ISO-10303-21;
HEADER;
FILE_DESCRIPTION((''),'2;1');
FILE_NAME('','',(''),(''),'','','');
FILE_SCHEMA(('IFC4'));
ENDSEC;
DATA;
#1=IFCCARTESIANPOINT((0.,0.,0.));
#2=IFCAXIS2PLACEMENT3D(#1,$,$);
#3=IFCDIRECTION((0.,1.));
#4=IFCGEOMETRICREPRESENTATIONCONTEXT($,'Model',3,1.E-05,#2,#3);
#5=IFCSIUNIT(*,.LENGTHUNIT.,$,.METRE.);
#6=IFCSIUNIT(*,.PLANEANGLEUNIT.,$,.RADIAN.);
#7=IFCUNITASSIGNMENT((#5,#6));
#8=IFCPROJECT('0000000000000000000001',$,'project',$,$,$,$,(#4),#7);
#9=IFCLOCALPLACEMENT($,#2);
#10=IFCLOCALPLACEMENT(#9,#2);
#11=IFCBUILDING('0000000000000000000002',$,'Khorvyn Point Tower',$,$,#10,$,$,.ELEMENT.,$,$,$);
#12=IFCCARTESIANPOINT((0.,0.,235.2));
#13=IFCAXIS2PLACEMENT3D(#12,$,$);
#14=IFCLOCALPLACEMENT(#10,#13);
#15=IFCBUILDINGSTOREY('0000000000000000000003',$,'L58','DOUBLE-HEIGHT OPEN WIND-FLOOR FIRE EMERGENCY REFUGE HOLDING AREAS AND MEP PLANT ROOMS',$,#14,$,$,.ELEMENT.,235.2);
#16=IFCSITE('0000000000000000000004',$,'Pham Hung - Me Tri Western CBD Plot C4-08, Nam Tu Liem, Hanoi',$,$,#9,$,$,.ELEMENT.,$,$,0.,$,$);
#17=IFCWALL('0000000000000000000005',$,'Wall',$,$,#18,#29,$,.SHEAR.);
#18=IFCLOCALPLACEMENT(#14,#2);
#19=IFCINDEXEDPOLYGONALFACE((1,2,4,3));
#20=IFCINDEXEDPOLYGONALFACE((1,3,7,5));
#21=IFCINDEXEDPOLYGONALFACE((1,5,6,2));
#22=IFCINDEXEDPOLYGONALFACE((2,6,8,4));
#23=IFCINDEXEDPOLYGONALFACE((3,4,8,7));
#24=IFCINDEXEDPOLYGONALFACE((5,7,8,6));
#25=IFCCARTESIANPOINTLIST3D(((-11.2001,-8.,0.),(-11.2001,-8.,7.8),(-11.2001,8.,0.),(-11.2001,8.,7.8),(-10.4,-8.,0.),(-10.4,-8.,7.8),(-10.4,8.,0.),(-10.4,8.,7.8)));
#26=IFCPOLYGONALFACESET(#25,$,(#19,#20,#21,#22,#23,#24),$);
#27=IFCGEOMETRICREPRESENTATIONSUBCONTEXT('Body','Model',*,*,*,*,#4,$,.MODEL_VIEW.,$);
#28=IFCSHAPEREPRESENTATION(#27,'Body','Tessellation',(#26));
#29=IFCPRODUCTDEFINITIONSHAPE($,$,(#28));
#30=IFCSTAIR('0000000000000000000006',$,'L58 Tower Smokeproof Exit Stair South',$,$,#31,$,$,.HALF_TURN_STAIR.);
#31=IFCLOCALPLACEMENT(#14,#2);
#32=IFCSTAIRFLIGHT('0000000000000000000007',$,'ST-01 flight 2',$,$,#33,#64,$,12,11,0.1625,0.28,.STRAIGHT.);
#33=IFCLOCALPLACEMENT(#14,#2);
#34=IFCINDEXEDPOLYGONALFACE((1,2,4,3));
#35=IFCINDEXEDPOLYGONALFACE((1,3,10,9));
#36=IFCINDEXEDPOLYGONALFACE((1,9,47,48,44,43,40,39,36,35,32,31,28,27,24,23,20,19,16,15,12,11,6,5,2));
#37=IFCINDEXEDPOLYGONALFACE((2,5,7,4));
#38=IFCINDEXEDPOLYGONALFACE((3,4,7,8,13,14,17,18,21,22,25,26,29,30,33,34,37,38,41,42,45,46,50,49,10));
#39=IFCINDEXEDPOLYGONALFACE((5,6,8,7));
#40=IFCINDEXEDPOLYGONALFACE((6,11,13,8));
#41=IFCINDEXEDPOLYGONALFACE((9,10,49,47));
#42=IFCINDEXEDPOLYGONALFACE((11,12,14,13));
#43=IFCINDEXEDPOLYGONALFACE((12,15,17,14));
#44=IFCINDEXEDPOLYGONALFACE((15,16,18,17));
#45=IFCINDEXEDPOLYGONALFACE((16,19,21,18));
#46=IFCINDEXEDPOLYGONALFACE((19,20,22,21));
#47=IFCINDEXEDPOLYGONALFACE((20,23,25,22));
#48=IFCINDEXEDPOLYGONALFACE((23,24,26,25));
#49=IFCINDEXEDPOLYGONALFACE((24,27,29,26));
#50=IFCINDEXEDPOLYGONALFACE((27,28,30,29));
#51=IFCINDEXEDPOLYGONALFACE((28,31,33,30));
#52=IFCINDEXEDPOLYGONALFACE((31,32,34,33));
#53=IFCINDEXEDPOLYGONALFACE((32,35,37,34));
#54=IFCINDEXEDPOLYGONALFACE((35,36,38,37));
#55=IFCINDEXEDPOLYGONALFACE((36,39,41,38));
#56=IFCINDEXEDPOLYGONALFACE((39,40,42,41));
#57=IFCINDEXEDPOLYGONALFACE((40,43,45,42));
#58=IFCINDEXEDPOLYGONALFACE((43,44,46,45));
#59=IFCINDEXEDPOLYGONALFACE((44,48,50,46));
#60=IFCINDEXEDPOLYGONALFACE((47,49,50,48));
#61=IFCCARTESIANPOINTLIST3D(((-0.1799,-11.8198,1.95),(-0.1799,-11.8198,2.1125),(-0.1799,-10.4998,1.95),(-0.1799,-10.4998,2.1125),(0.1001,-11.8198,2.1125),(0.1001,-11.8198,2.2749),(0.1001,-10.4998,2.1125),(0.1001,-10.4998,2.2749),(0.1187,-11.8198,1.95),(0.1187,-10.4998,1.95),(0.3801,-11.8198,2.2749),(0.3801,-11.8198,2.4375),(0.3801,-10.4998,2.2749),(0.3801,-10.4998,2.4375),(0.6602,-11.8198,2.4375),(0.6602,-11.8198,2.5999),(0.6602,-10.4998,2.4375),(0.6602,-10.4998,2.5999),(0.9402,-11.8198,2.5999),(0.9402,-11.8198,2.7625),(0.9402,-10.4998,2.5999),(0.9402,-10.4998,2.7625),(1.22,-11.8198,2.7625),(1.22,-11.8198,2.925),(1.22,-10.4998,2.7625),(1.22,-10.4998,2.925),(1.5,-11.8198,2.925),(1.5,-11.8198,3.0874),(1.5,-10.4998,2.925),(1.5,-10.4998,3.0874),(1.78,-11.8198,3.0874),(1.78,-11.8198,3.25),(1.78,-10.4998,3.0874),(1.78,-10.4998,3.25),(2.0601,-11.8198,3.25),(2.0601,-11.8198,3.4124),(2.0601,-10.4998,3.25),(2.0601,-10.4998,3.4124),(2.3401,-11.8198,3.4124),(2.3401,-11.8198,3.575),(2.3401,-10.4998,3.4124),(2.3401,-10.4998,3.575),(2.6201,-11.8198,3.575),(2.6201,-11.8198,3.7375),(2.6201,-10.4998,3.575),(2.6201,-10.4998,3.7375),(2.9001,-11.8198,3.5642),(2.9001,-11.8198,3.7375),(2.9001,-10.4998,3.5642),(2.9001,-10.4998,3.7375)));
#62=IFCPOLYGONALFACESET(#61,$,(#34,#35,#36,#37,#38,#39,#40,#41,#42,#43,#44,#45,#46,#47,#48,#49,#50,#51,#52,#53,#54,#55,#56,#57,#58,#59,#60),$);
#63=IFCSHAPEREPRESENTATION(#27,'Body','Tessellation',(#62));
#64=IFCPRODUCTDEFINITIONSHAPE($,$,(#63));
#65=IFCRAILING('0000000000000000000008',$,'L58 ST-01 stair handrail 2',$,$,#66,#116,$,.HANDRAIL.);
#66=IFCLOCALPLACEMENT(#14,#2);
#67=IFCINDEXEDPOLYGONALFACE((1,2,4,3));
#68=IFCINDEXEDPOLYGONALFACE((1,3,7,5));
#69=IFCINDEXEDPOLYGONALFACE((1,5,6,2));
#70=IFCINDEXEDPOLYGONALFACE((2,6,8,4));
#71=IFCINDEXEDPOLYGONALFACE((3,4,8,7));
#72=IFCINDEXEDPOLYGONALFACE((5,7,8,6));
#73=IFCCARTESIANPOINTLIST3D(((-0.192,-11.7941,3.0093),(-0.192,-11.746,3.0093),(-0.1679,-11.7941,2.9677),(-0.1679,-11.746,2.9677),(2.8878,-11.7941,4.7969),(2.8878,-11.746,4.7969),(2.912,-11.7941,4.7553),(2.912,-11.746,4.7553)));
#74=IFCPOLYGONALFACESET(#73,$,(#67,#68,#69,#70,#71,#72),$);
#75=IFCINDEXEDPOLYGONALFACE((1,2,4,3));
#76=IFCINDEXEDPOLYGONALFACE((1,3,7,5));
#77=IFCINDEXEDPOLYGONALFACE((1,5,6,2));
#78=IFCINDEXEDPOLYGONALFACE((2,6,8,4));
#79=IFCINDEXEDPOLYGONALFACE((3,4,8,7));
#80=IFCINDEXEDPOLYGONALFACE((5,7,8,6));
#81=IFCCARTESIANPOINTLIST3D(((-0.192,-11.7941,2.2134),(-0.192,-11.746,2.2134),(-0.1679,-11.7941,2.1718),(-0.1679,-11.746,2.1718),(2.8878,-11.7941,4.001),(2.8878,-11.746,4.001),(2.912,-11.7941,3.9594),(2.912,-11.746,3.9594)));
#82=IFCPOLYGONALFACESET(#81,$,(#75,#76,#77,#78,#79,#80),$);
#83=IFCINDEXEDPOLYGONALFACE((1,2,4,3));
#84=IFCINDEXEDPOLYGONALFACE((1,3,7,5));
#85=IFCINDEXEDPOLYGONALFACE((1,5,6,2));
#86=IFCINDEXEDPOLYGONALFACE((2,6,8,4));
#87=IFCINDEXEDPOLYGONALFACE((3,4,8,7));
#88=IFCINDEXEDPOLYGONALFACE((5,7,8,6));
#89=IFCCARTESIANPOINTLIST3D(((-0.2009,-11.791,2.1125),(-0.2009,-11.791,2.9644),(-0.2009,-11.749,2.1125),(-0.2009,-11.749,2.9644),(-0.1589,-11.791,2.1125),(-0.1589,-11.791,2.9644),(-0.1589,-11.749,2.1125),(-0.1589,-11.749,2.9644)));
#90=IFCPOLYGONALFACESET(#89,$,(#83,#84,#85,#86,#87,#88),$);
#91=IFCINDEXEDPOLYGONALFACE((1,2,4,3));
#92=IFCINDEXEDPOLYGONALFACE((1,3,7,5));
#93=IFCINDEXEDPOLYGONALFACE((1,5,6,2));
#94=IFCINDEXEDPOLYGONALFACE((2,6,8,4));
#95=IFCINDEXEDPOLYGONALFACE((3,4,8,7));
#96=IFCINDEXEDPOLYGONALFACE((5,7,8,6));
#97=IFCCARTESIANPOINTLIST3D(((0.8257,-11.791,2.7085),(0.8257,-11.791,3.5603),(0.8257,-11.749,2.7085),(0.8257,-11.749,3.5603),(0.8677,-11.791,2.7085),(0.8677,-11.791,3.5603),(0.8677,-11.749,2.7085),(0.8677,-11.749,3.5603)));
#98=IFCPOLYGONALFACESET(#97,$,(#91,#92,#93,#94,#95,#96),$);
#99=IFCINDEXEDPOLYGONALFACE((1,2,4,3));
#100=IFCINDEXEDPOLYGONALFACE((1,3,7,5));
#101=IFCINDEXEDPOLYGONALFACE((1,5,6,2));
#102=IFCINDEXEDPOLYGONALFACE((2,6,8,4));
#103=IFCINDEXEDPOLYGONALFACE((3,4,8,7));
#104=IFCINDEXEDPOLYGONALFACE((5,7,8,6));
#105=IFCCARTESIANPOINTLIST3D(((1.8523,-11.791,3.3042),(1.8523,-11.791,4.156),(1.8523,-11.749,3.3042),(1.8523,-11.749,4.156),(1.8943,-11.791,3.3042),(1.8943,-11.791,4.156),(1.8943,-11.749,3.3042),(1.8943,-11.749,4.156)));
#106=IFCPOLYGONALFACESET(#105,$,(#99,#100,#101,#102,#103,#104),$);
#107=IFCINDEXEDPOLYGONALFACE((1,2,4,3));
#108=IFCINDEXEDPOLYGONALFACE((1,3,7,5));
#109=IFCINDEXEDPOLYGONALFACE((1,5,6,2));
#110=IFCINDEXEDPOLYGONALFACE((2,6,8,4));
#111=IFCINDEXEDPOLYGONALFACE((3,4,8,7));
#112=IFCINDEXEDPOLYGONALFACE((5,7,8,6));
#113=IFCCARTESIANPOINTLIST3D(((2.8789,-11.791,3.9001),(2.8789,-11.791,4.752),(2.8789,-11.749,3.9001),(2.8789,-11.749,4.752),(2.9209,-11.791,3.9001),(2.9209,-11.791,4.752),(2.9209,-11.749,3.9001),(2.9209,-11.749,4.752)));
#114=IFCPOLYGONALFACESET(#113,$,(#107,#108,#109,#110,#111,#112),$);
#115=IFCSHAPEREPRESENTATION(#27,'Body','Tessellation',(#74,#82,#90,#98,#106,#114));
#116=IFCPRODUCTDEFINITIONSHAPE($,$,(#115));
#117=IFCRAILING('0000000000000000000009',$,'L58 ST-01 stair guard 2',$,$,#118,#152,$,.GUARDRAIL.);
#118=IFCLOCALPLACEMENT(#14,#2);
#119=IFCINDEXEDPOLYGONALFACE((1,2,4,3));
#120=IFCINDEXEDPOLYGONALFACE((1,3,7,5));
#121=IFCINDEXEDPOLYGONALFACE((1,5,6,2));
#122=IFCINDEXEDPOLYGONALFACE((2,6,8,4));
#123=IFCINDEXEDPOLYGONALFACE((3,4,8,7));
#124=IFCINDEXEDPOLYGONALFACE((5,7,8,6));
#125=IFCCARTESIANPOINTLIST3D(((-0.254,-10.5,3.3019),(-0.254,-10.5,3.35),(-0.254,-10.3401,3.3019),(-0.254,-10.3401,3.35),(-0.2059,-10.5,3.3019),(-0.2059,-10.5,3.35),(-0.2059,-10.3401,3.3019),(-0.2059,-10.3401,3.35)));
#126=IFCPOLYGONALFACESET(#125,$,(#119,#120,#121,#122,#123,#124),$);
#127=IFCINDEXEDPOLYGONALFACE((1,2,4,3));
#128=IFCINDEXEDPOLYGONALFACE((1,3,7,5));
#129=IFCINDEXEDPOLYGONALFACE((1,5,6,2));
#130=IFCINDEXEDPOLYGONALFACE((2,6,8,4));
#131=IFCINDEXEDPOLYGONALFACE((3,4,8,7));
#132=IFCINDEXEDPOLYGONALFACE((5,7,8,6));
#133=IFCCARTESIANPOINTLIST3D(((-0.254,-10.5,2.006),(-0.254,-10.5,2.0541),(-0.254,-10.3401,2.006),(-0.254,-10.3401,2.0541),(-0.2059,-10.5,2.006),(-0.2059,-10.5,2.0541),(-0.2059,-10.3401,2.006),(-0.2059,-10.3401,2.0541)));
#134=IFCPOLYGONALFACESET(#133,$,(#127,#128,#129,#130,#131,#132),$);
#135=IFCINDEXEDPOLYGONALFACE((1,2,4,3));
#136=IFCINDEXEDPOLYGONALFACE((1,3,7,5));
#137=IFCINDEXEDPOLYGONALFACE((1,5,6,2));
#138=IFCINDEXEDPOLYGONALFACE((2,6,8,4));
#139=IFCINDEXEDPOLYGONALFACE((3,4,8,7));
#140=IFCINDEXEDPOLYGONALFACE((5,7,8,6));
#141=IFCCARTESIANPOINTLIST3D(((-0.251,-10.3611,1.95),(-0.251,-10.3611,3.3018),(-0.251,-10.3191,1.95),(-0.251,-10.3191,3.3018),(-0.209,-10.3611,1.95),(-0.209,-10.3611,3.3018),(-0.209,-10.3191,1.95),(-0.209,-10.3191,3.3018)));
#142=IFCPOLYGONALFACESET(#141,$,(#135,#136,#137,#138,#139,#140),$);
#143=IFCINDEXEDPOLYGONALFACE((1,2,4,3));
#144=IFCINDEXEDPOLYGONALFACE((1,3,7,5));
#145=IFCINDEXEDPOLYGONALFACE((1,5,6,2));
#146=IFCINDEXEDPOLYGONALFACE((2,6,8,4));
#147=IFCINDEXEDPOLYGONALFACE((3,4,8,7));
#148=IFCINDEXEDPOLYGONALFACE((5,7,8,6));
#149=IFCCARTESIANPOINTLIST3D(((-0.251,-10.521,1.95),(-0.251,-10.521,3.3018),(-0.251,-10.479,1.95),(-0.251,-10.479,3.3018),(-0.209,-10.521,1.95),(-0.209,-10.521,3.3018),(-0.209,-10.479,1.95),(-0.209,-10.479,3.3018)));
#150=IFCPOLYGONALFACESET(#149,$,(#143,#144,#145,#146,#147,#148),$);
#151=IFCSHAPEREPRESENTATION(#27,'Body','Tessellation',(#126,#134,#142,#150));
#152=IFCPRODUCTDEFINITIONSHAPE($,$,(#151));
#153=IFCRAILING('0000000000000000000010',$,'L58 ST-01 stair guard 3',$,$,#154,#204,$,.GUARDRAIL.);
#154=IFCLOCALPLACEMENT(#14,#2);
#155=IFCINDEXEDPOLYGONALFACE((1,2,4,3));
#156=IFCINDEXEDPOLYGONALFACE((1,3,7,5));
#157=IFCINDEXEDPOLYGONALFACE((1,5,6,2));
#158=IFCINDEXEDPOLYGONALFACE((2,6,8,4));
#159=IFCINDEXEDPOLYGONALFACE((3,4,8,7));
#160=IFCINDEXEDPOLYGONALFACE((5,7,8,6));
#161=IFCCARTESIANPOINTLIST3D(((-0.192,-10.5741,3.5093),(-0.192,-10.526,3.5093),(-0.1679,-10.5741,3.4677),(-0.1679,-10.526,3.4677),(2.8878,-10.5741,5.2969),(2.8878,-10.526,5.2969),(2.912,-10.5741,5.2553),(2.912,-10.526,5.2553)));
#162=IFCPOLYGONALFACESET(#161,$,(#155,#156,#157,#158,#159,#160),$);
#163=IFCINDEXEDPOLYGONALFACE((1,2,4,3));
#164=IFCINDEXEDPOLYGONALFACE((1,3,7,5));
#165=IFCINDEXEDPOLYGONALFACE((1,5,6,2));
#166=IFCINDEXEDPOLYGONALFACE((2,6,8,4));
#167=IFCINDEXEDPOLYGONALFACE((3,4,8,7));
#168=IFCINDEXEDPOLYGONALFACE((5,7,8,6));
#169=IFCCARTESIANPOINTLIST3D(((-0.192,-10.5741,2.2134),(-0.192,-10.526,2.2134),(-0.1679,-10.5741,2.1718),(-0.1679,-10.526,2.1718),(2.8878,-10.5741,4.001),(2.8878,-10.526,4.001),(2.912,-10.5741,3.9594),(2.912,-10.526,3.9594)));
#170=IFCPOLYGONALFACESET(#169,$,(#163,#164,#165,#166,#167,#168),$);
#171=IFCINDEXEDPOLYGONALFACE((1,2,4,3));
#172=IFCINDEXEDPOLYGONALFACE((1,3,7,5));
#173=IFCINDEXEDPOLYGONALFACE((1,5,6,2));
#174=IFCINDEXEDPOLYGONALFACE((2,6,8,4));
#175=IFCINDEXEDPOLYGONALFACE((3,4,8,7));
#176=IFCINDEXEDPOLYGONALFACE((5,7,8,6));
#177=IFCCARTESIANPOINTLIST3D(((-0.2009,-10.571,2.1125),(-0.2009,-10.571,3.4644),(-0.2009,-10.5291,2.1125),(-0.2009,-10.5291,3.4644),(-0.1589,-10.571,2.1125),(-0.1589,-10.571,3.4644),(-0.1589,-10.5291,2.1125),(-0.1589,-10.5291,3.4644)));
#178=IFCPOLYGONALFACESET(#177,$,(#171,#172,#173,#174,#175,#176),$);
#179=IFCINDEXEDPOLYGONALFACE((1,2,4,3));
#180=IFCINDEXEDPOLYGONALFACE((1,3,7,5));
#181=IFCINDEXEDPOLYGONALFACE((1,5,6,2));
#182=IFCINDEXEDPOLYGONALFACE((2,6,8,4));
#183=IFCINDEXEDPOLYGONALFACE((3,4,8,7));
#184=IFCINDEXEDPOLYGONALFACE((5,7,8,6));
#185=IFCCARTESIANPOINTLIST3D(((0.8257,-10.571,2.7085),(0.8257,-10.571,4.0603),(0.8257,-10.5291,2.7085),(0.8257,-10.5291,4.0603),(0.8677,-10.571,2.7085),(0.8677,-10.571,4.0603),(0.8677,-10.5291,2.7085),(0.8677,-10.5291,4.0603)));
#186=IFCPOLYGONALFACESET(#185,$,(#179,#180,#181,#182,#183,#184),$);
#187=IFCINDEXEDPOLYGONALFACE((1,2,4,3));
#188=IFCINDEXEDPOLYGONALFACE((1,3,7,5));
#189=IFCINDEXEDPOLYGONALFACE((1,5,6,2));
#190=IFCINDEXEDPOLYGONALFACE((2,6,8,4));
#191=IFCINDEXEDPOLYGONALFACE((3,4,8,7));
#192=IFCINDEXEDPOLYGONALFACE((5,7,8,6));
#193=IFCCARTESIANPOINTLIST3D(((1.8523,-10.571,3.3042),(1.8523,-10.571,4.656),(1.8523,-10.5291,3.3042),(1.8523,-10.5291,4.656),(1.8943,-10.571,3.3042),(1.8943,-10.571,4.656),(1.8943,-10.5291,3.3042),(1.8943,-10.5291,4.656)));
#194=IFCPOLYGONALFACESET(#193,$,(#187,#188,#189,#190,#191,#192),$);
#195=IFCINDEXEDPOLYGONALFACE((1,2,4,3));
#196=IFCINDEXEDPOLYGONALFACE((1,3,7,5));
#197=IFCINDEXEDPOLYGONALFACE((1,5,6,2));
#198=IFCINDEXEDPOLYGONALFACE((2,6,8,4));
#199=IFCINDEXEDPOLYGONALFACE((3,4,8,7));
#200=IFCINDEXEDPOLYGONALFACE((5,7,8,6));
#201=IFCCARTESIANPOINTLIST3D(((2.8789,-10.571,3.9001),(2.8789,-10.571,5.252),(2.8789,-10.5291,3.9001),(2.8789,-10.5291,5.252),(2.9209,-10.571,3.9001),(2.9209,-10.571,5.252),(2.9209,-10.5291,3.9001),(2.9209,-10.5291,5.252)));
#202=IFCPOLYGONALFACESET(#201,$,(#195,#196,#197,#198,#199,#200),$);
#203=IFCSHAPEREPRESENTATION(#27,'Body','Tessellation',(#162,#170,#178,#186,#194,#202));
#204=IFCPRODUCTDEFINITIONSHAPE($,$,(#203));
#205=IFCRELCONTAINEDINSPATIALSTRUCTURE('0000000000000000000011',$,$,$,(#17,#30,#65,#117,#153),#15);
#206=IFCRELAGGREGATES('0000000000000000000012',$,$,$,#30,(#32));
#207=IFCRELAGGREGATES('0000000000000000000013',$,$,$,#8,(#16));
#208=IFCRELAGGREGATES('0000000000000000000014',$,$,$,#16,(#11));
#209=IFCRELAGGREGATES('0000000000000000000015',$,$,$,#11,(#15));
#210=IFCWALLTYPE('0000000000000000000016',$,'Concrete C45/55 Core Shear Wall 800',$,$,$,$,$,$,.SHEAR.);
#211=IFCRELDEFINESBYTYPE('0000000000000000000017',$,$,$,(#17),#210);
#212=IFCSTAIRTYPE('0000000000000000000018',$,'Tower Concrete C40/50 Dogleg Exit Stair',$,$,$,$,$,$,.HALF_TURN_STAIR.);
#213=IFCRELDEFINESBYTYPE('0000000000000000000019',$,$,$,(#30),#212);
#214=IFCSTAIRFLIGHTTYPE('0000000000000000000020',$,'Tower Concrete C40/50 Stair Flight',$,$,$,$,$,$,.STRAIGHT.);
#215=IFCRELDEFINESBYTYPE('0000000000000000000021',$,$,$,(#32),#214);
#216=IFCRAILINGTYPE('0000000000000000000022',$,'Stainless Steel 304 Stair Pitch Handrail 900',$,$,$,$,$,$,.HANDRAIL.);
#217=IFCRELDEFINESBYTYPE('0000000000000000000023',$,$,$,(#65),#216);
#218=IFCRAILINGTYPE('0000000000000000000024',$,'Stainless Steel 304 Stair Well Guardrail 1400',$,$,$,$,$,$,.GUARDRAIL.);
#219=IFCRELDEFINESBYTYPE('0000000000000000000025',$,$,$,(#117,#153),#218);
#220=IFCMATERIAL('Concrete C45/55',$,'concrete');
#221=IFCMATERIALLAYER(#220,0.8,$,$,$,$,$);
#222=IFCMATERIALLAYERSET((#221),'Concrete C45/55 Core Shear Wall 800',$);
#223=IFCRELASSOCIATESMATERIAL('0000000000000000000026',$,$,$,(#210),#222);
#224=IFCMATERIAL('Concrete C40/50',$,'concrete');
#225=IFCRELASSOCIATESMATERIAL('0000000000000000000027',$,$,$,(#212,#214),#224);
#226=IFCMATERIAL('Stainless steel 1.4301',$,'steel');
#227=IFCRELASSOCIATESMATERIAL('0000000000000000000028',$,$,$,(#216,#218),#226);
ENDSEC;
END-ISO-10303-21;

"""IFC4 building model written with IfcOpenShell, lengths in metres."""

from ifc_helpers import new_model, si_unit, direction, frame, frame_2d, origin, origin_2d, place, context, subcontext, project, spatial, polyline, rectangle, outline, extrude, material, layer, layer_set, type_object, element, aggregate, save


model = new_model("IFC4")

# Units and contexts
model_context = context("Model", 3, precision=1e-05, world=origin(), true_north=direction((0.0, 1.0)))
body_context = subcontext(model_context, "Body", "Model", "MODEL_VIEW")
ifc_project = project(units=[si_unit("LENGTHUNIT", "METRE"), si_unit("PLANEANGLEUNIT", "RADIAN")], contexts=[model_context])

# Site, building, storey
site_placement = place(None, origin())
site = spatial("IfcSite", under=ifc_project, at=site_placement, Name="Pham Hung - Me Tri Western CBD Plot C4-08, Nam Tu Liem, Hanoi", CompositionType="ELEMENT", RefElevation=0.0)
building_placement = place(site_placement, origin())
building = spatial("IfcBuilding", under=site, at=building_placement, Name="Khorvyn Point Tower", CompositionType="ELEMENT")
storey_placement = place(building_placement, frame((0.0, 0.0, 235.2)))
storey = spatial("IfcBuildingStorey", under=building, at=storey_placement, Name="L58", Description="DOUBLE-HEIGHT OPEN WIND-FLOOR FIRE EMERGENCY REFUGE HOLDING AREAS AND MEP PLANT ROOMS", CompositionType="ELEMENT", Elevation=235.2)

# Shared definitions
ifc_material_1 = material(Name="Concrete C45/55", Category="concrete")

# Shared definitions
ifc_material_2 = material(Name="Concrete C40/50", Category="concrete")

# Shared definitions
ifc_material_3 = material(Name="Stainless steel 1.4301", Category="steel")

# Wall
ifc_layer_1 = layer(ifc_material_1, 0.8)
ifc_layer_set_1 = layer_set([ifc_layer_1], Name="Concrete C45/55 Core Shear Wall 800")
wall_type_1 = type_object("IfcWallType", Name="Concrete C45/55 Core Shear Wall 800", PredefinedType="SHEAR", material=ifc_layer_set_1)
wall_1_placement = place(storey_placement, frame((-10.8, -8.0, 0.0), z_axis=(0.0, 0.0, 1.0), x_axis=(0.0, 1.0, 0.0)))
element("IfcWall", 1, at=wall_1_placement, inside=storey, type_object=wall_type_1, Name="Wall", PredefinedType="SHEAR", context=body_context, shape_type="SweptSolid", body=[
    extrude(rectangle(XDim=16.0, YDim=0.8, at=frame_2d((8.0, 0.0))), origin(), (0.0, 0.0, 1.0), 7.8),
])

# Stair, stair flight
stair_type = type_object("IfcStairType", Name="Tower Concrete C40/50 Dogleg Exit Stair", PredefinedType="HALF_TURN_STAIR", material=ifc_material_2)
stair_placement = place(storey_placement, origin())
stair = element("IfcStair", 2, at=stair_placement, inside=storey, type_object=stair_type, Name="L58 Tower Smokeproof Exit Stair South", PredefinedType="HALF_TURN_STAIR")
stair_flight_type = type_object("IfcStairFlightType", Name="Tower Concrete C40/50 Stair Flight", PredefinedType="STRAIGHT", material=ifc_material_2)
stair_flight_placement = place(storey_placement, frame((-0.1799, -11.1599, 1.95), z_axis=(0.0, 0.0, 1.0), x_axis=(1.0, 0.0, 0.0)))
stair_flight = element("IfcStairFlight", 3, at=stair_flight_placement, type_object=stair_flight_type, Name="ST-01 flight 2", NumberOfRisers=12, NumberOfTreads=11, PredefinedType="STRAIGHT", RiserHeight=0.1625, TreadLength=0.28, context=body_context, shape_type="SweptSolid", body=[
    extrude(outline(polyline([(0.0, 0.0), (0.0, 0.1626), (0.28, 0.1626), (0.28, 0.325), (0.5601, 0.325), (0.5601, 0.4875), (0.8401, 0.4875), (0.8401, 0.6499), (1.1201, 0.6499), (1.1201, 0.8125), (1.3999, 0.8125), (1.3999, 0.9751), (1.6799, 0.9751), (1.6799, 1.1375), (1.96, 1.1375), (1.96, 1.3), (2.24, 1.3), (2.24, 1.4624), (2.52, 1.4624), (2.52, 1.625), (2.8, 1.625), (2.8, 1.7876), (3.0801, 1.7876), (3.0801, 1.95), (3.0801, 1.6143), (0.2986, 0.0), (0.0, 0.0)])), frame((0.0, 0.6602, 0.0), z_axis=(0.0, -1.0, 0.0), x_axis=(1.0, 0.0, 0.0)), (0.0, 0.0, 1.0), 1.3201),
])
aggregate(stair, [stair_flight])

# Railings
railing_type_1 = type_object("IfcRailingType", Name="Stainless Steel 304 Stair Pitch Handrail 900", PredefinedType="HANDRAIL", material=ifc_material_3)
railing_1_placement = place(storey_placement, frame((-0.1799, -11.77, 2.1125)))
element("IfcRailing", 4, at=railing_1_placement, inside=storey, type_object=railing_type_1, Name="L58 ST-01 stair handrail 2", PredefinedType="HANDRAIL", context=body_context, shape_type="SweptSolid", body=[
    extrude(rectangle(XDim=0.0481, YDim=0.0481, at=origin_2d()), frame((0.0, 0.0, 0.876), z_axis=(0.864873, 0.0, 0.50199), x_axis=(0.0, 1.0, 0.0)), (0.0, 0.0, 1.0), 3.561),
    extrude(rectangle(XDim=0.0481, YDim=0.0481, at=origin_2d()), frame((0.0, 0.0, 0.0801), z_axis=(0.864873, 0.0, 0.50199), x_axis=(0.0, 1.0, 0.0)), (0.0, 0.0, 1.0), 3.561),
    extrude(rectangle(XDim=0.042, YDim=0.042, at=origin_2d()), origin(), (0.0, 0.0, 1.0), 0.8518),
    extrude(rectangle(XDim=0.042, YDim=0.042, at=origin_2d()), frame((1.0266, 0.0, 0.5959)), (0.0, 0.0, 1.0), 0.8518),
    extrude(rectangle(XDim=0.042, YDim=0.042, at=origin_2d()), frame((2.0532, 0.0, 1.1917)), (0.0, 0.0, 1.0), 0.8518),
    extrude(rectangle(XDim=0.042, YDim=0.042, at=origin_2d()), frame((3.0798, 0.0, 1.7876)), (0.0, 0.0, 1.0), 0.8518),
])
railing_type_2 = type_object("IfcRailingType", Name="Stainless Steel 304 Stair Well Guardrail 1400", PredefinedType="GUARDRAIL", material=ifc_material_3)
railing_2_placement = place(storey_placement, frame((-0.23, -10.3401, 1.95)))
element("IfcRailing", 5, at=railing_2_placement, inside=storey, type_object=railing_type_2, Name="L58 ST-01 stair guard 2", PredefinedType="GUARDRAIL", context=body_context, shape_type="SweptSolid", body=[
    extrude(rectangle(XDim=0.0481, YDim=0.0481, at=origin_2d()), frame((0.0, 0.0, 1.376), z_axis=(0.0, -1.0, 0.0), x_axis=(1.0, 0.0, 0.0)), (0.0, 0.0, 1.0), 0.1599),
    extrude(rectangle(XDim=0.0481, YDim=0.0481, at=origin_2d()), frame((0.0, 0.0, 0.0801), z_axis=(0.0, -1.0, 0.0), x_axis=(1.0, 0.0, 0.0)), (0.0, 0.0, 1.0), 0.1599),
    extrude(rectangle(XDim=0.042, YDim=0.042, at=origin_2d()), origin(), (0.0, 0.0, 1.0), 1.3518),
    extrude(rectangle(XDim=0.042, YDim=0.042, at=origin_2d()), frame((0.0, -0.1599, 0.0)), (0.0, 0.0, 1.0), 1.3518),
])
railing_3_placement = place(storey_placement, frame((-0.1799, -10.55, 2.1125)))
element("IfcRailing", 6, at=railing_3_placement, inside=storey, type_object=railing_type_2, Name="L58 ST-01 stair guard 3", PredefinedType="GUARDRAIL", context=body_context, shape_type="SweptSolid", body=[
    extrude(rectangle(XDim=0.0481, YDim=0.0481, at=origin_2d()), frame((0.0, 0.0, 1.376), z_axis=(0.864873, 0.0, 0.50199), x_axis=(0.0, 1.0, 0.0)), (0.0, 0.0, 1.0), 3.561),
    extrude(rectangle(XDim=0.0481, YDim=0.0481, at=origin_2d()), frame((0.0, 0.0, 0.0801), z_axis=(0.864873, 0.0, 0.50199), x_axis=(0.0, 1.0, 0.0)), (0.0, 0.0, 1.0), 3.561),
    extrude(rectangle(XDim=0.042, YDim=0.042, at=origin_2d()), origin(), (0.0, 0.0, 1.0), 1.3518),
    extrude(rectangle(XDim=0.042, YDim=0.042, at=origin_2d()), frame((1.0266, 0.0, 0.5959)), (0.0, 0.0, 1.0), 1.3518),
    extrude(rectangle(XDim=0.042, YDim=0.042, at=origin_2d()), frame((2.0532, 0.0, 1.1917)), (0.0, 0.0, 1.0), 1.3518),
    extrude(rectangle(XDim=0.042, YDim=0.042, at=origin_2d()), frame((3.0798, 0.0, 1.7876)), (0.0, 0.0, 1.0), 1.3518),
])

save(model, "model.ifc")
